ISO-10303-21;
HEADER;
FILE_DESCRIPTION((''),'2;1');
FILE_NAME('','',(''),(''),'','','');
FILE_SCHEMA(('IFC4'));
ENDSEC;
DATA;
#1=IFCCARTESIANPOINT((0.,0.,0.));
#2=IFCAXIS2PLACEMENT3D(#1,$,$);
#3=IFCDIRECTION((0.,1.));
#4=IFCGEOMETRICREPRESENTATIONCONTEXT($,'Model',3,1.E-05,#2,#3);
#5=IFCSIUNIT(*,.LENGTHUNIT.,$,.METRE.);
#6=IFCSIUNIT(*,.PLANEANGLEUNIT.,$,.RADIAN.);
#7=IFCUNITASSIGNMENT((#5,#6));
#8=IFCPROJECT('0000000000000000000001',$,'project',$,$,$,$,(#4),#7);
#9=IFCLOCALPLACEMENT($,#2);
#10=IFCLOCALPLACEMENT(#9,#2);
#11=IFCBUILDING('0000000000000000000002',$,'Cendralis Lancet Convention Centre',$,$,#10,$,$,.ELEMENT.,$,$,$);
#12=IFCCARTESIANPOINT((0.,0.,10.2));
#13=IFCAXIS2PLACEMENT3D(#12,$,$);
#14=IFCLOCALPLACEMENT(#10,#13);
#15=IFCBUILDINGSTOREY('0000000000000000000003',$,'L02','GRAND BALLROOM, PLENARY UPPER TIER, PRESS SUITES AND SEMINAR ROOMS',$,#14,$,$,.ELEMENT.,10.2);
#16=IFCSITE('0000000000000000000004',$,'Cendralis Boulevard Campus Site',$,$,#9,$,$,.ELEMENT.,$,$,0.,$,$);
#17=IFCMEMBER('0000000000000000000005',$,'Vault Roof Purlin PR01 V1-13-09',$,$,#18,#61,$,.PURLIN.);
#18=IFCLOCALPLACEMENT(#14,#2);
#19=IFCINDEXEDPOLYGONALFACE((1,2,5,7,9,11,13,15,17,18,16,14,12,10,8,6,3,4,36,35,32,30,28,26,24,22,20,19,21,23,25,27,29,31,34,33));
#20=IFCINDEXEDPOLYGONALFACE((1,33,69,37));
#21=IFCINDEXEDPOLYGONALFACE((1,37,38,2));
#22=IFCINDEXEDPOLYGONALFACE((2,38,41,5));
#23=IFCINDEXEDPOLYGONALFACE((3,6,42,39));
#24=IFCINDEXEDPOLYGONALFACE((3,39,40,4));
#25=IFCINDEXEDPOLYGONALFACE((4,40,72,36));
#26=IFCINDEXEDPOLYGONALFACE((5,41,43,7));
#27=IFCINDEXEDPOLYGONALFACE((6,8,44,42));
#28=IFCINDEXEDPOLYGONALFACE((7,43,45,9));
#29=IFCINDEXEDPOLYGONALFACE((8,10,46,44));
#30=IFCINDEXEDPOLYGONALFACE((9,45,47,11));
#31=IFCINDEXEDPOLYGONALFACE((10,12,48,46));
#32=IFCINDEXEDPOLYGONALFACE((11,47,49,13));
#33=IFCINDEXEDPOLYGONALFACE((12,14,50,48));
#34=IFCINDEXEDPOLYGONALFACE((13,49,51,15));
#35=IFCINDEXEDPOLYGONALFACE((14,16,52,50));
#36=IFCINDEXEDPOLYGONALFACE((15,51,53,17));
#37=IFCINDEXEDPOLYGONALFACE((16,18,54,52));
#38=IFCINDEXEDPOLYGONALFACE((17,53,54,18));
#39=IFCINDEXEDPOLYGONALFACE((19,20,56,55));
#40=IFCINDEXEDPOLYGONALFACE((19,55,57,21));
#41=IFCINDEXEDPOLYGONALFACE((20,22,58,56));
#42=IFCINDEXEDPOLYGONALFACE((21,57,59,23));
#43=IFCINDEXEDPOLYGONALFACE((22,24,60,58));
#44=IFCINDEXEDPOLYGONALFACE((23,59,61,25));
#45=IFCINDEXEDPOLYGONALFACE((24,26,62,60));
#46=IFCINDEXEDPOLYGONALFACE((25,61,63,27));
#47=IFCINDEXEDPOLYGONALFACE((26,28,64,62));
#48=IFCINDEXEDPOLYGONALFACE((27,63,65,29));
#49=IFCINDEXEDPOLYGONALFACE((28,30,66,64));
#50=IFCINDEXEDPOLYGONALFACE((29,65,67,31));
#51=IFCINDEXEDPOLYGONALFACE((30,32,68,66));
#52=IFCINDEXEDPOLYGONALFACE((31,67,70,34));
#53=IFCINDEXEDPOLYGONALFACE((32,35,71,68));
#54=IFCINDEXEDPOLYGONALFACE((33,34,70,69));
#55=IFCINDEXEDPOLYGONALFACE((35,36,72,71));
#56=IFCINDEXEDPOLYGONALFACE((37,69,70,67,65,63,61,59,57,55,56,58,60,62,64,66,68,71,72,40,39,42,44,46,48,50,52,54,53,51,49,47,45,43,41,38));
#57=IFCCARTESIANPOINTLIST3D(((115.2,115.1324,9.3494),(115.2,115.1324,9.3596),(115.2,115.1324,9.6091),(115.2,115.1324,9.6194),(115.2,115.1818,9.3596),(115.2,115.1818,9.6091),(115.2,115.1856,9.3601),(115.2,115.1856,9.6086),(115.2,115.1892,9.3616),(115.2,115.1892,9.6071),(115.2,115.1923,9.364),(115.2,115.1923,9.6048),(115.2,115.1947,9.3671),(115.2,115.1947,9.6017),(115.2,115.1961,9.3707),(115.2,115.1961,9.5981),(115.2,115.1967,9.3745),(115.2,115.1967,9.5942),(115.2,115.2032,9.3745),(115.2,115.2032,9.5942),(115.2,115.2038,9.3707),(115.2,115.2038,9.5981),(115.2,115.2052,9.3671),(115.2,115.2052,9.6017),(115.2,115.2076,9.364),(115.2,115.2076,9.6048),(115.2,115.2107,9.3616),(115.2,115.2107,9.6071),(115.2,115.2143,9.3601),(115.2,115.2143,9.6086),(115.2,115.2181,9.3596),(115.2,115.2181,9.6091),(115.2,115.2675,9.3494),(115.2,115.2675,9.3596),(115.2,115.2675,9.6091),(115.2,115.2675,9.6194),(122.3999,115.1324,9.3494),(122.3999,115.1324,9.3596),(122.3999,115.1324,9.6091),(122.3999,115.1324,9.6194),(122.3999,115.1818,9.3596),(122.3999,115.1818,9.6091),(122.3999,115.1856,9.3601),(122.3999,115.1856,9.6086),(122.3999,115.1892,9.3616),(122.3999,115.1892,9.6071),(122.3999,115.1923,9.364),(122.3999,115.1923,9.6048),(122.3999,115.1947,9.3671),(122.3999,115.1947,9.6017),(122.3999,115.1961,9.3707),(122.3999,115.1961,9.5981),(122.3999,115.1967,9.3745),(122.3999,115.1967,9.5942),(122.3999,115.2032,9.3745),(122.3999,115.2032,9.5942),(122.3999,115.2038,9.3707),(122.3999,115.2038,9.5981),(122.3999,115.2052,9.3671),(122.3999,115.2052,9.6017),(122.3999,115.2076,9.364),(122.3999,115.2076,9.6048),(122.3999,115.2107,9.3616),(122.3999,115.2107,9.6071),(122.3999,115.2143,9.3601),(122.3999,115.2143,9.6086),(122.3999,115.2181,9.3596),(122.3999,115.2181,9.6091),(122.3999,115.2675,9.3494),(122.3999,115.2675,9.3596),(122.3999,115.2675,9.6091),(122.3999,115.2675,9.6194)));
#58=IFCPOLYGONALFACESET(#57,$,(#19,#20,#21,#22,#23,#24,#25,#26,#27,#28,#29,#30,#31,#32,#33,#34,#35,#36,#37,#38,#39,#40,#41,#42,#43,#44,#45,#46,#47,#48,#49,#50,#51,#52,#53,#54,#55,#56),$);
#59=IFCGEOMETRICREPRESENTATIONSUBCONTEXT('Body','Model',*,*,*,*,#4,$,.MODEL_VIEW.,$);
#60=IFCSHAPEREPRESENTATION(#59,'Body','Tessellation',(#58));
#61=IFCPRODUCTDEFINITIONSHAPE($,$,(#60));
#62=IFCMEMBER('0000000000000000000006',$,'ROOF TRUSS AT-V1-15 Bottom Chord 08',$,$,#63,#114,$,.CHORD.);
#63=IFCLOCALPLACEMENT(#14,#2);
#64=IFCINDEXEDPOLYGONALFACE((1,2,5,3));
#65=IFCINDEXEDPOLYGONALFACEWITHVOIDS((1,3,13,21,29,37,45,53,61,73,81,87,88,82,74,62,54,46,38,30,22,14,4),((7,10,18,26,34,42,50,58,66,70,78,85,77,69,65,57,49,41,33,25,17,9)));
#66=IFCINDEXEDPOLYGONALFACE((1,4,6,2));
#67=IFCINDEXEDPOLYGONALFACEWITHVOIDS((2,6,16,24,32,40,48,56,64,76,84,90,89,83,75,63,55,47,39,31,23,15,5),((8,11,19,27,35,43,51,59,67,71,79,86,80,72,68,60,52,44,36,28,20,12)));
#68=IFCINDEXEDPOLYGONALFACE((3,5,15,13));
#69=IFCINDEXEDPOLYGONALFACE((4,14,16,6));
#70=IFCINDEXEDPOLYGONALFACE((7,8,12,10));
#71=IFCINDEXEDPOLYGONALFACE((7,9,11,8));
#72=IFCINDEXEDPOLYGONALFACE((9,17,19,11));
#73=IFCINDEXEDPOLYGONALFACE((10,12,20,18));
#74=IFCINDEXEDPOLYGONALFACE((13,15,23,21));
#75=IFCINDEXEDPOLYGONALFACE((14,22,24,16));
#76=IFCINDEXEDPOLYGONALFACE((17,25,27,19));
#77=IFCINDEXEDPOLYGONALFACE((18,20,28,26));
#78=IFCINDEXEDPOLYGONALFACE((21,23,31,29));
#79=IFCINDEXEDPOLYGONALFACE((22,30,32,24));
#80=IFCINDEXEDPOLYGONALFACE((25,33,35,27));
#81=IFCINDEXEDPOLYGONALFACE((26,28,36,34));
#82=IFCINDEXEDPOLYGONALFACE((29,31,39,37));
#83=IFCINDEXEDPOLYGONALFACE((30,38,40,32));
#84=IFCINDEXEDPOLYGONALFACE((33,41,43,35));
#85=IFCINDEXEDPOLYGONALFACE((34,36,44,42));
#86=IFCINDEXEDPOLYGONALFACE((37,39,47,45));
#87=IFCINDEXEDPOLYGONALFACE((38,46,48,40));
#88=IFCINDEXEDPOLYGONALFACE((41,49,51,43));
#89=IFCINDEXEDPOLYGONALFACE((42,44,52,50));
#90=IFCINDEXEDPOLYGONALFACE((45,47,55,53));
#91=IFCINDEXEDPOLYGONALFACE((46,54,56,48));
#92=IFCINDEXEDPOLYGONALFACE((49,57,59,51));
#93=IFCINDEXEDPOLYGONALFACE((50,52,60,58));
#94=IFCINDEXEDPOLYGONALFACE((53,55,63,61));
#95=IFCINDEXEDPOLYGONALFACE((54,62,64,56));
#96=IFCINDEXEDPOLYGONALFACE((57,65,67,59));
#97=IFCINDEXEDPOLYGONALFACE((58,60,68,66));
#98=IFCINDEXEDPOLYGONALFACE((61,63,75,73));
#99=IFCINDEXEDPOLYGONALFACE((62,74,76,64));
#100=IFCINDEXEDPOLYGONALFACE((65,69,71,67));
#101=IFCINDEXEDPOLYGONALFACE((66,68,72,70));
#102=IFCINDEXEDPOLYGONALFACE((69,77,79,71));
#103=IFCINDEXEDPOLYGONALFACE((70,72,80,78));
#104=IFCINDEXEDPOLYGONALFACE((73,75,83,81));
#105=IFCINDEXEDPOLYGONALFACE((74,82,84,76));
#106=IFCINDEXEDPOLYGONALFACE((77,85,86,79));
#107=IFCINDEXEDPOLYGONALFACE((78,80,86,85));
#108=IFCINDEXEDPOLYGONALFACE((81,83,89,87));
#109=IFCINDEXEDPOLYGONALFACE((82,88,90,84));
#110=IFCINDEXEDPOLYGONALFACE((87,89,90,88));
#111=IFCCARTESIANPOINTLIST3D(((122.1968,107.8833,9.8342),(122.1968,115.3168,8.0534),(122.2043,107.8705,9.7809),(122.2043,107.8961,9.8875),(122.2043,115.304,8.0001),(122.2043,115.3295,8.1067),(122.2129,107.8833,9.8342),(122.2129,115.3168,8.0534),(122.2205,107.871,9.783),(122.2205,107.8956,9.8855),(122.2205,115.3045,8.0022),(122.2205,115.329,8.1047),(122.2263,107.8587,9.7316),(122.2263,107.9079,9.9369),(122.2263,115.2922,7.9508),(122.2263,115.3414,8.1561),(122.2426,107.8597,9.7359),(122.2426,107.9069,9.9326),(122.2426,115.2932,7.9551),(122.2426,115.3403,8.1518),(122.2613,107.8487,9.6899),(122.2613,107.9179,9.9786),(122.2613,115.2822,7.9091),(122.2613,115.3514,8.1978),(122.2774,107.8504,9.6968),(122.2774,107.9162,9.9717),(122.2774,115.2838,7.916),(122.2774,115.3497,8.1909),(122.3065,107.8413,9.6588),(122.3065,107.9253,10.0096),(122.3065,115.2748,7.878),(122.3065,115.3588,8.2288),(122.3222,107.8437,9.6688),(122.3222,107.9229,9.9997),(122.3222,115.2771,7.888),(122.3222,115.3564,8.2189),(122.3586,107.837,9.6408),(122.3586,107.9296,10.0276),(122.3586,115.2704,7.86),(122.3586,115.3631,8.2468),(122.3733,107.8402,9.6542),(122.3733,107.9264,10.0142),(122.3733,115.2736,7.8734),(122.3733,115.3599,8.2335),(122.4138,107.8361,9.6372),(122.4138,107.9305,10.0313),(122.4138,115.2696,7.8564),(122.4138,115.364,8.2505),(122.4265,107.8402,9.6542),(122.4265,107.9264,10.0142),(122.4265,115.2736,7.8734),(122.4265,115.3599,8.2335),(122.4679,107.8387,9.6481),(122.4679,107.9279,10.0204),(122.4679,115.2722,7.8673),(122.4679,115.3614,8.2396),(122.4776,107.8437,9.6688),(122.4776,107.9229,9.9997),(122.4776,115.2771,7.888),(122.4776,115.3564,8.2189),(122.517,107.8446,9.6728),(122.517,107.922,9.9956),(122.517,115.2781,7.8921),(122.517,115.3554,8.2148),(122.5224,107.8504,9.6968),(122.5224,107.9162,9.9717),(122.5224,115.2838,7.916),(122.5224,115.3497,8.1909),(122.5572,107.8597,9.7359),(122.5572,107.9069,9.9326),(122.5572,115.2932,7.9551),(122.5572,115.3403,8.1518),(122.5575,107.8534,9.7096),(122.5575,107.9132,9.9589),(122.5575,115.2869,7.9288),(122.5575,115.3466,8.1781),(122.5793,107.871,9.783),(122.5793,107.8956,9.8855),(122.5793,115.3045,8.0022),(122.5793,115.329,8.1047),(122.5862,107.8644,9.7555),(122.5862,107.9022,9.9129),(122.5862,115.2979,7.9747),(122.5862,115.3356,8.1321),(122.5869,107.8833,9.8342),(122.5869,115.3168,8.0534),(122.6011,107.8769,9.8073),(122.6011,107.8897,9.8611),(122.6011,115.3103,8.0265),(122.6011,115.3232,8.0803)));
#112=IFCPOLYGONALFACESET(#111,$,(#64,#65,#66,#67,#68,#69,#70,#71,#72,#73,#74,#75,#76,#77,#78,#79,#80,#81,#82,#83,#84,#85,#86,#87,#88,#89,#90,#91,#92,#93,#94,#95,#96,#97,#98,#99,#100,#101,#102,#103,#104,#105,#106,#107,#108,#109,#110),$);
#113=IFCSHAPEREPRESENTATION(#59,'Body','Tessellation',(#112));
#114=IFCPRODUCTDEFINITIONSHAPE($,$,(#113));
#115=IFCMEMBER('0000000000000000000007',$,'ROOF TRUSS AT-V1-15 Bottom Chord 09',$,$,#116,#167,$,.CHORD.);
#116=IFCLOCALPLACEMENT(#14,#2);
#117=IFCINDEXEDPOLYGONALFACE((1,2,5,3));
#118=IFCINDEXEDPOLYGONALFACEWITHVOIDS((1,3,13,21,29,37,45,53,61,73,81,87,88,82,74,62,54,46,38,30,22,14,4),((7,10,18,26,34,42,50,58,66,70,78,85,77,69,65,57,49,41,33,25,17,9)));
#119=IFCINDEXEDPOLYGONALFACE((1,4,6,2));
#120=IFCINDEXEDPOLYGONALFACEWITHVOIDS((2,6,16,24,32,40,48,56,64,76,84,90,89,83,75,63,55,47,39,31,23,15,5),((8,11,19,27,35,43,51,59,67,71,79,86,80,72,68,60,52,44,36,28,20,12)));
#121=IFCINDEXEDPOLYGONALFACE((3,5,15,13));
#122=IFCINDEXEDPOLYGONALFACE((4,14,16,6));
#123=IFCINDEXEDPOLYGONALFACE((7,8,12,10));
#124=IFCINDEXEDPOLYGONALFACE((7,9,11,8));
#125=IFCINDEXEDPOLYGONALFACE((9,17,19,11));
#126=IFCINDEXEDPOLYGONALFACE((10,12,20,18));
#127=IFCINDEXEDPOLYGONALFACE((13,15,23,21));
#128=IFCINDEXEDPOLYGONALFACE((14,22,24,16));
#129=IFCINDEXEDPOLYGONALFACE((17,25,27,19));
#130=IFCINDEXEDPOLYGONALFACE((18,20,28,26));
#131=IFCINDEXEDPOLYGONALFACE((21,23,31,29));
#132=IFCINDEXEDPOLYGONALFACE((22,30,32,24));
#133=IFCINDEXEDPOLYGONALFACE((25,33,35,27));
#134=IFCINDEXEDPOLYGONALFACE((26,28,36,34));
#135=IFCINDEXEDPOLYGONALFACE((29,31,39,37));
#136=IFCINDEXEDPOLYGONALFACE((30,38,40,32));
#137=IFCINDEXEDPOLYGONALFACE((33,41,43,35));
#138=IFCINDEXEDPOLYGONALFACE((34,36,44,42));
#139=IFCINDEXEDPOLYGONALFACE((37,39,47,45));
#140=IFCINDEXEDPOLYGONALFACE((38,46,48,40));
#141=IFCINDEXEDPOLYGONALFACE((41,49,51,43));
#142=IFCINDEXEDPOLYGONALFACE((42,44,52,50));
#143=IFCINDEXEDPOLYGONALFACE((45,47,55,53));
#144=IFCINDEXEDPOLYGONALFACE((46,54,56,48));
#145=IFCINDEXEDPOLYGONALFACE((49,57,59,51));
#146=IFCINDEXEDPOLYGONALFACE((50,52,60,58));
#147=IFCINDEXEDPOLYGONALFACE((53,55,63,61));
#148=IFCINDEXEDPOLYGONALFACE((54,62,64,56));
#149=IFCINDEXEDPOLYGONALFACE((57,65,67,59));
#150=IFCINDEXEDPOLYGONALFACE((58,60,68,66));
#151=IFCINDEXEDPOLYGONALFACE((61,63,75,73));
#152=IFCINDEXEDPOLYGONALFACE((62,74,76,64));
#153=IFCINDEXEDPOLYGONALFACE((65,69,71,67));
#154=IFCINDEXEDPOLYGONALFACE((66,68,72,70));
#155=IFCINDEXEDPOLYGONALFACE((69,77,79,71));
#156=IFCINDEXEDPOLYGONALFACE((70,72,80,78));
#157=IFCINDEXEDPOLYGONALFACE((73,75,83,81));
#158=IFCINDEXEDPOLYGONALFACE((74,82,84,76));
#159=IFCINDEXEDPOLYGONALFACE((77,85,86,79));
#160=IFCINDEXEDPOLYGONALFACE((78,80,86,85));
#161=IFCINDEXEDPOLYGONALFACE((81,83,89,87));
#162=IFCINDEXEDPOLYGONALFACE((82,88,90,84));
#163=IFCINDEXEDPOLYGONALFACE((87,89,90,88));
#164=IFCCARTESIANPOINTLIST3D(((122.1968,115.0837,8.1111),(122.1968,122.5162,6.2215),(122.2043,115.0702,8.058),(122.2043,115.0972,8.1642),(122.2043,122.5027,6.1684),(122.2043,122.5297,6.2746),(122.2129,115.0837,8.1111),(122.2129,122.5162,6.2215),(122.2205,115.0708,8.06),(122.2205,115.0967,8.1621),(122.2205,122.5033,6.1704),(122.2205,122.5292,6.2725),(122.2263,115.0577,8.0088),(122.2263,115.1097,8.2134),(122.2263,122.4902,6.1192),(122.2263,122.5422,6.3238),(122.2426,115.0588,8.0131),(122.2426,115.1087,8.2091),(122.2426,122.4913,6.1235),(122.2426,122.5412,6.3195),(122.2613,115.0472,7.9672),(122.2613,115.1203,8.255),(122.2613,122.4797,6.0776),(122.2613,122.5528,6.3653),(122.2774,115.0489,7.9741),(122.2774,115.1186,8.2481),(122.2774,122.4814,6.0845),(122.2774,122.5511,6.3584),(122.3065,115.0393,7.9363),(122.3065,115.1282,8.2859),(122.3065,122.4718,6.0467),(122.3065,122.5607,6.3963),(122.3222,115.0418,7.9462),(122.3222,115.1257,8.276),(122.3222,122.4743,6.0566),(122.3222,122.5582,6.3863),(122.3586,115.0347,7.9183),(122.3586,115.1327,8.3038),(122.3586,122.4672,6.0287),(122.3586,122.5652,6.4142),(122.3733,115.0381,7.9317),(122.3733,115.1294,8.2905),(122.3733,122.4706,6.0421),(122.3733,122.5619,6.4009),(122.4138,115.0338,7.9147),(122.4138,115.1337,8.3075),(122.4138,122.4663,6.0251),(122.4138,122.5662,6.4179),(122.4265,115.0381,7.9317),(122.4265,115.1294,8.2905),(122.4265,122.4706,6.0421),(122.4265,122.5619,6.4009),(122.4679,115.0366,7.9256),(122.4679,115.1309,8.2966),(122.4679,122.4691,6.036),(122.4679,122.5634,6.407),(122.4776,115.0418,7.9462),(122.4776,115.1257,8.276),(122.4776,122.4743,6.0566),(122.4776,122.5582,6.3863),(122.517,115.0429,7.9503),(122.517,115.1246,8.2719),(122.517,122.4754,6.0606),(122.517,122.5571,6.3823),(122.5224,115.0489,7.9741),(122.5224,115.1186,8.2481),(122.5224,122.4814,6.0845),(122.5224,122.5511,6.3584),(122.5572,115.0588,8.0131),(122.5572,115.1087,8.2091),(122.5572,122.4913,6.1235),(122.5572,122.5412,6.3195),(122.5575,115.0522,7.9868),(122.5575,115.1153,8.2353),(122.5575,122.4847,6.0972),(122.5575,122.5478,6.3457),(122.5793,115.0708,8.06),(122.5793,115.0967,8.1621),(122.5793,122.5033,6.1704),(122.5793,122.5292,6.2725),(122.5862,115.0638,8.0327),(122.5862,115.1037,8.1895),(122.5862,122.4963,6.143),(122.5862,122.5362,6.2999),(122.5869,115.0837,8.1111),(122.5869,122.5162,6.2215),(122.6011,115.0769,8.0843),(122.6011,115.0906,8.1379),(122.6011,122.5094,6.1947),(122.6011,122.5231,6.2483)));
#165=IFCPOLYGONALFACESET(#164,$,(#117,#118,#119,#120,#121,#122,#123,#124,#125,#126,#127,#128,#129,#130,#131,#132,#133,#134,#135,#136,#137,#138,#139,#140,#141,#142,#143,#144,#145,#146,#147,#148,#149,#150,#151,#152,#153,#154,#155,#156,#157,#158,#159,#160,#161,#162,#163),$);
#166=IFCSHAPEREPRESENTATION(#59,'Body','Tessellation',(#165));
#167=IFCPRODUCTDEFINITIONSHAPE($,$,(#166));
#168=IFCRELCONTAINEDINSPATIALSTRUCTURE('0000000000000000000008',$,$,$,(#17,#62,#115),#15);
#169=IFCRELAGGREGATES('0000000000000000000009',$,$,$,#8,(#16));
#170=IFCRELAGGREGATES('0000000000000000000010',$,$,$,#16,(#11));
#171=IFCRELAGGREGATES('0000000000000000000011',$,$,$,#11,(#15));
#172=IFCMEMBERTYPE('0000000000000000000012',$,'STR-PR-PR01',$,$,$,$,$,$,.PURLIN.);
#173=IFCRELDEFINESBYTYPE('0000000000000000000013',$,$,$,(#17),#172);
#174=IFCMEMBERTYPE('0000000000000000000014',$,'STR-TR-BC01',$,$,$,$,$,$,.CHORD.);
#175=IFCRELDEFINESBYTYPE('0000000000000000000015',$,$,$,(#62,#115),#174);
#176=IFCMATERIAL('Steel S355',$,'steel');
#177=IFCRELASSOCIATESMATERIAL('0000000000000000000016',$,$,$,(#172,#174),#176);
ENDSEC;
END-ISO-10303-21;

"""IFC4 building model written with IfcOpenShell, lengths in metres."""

from ifc_helpers import new_model, si_unit, direction, frame, origin, origin_2d, place, context, subcontext, project, spatial, hollow_circle, i_section, extrude, material, material_profile, profile_set, type_object, element, save


model = new_model("IFC4")

# Units and contexts
model_context = context("Model", 3, precision=1e-05, world=origin(), true_north=direction((0.0, 1.0)))
body_context = subcontext(model_context, "Body", "Model", "MODEL_VIEW")
ifc_project = project(units=[si_unit("LENGTHUNIT", "METRE"), si_unit("PLANEANGLEUNIT", "RADIAN")], contexts=[model_context])

# Site, building, storey
site_placement = place(None, origin())
site = spatial("IfcSite", under=ifc_project, at=site_placement, Name="Cendralis Boulevard Campus Site", CompositionType="ELEMENT", RefElevation=0.0)
building_placement = place(site_placement, origin())
building = spatial("IfcBuilding", under=site, at=building_placement, Name="Cendralis Lancet Convention Centre", CompositionType="ELEMENT")
storey_placement = place(building_placement, frame((0.0, 0.0, 10.2)))
storey = spatial("IfcBuildingStorey", under=building, at=storey_placement, Name="L02", Description="GRAND BALLROOM, PLENARY UPPER TIER, PRESS SUITES AND SEMINAR ROOMS", CompositionType="ELEMENT", Elevation=10.2)

# Members
ifc_material = material(Name="Steel S355", Category="steel")
ifc_material_profile_1 = material_profile(ifc_material, i_section(OverallWidth=0.135, OverallDepth=0.27, WebThickness=0.0066, FlangeThickness=0.0103, FilletRadius=0.0149, at=origin_2d()), Name="IPE 270")
ifc_profile_set_1 = profile_set([ifc_material_profile_1], Name="Steel S355")
member_type_1 = type_object("IfcMemberType", Name="STR-PR-PR01", PredefinedType="PURLIN", material=ifc_profile_set_1)
for number, where, z_axis, x_axis, name in (
    (1, (115.2, 115.2, 9.4844), (1.0, 0.0, 0.0), (0.0, 1.0, 0.0), "Vault Roof Purlin PR01 V1-13-09"),
):
    element("IfcMember", number, at=place(storey_placement, frame(where, z_axis=z_axis, x_axis=x_axis)), inside=storey, type_object=member_type_1, Name=name, PredefinedType="PURLIN", context=body_context, shape_type="SweptSolid", body=[
        extrude(i_section(OverallWidth=0.135, OverallDepth=0.27, WebThickness=0.0066, FlangeThickness=0.0103, FilletRadius=0.0149, at=origin_2d()), origin(), (0.0, 0.0, 1.0), 7.2),
    ])
ifc_material_profile_2 = material_profile(ifc_material, hollow_circle(Radius=0.2031, WallThickness=0.0161, at=origin_2d()), Name="CHS 406.4x16.0")
ifc_profile_set_2 = profile_set([ifc_material_profile_2], Name="Steel S355")
member_type_2 = type_object("IfcMemberType", Name="STR-TR-BC01", PredefinedType="CHORD", material=ifc_profile_set_2)
member_1_placement = place(storey_placement, frame((122.3999, 107.8833, 9.8342), z_axis=(0.0, 0.972483, -0.232972), x_axis=(-1.0, 0.0, 0.0)))
element("IfcMember", 2, at=member_1_placement, inside=storey, type_object=member_type_2, Name="ROOF TRUSS AT-V1-15 Bottom Chord 08", PredefinedType="CHORD", context=body_context, shape_type="SweptSolid", body=[
    extrude(hollow_circle(Radius=0.2031, WallThickness=0.0161, at=origin_2d()), origin(), (0.0, 0.0, 1.0), 7.6438),
])
member_2_placement = place(storey_placement, frame((122.3999, 115.0837, 8.1111), z_axis=(0.0, 0.969169, -0.246399), x_axis=(-1.0, 0.0, 0.0)))
element("IfcMember", 3, at=member_2_placement, inside=storey, type_object=member_type_2, Name="ROOF TRUSS AT-V1-15 Bottom Chord 09", PredefinedType="CHORD", context=body_context, shape_type="SweptSolid", body=[
    extrude(hollow_circle(Radius=0.2031, WallThickness=0.0161, at=origin_2d()), origin(), (0.0, 0.0, 1.0), 7.6689),
])

save(model, "model.ifc")
